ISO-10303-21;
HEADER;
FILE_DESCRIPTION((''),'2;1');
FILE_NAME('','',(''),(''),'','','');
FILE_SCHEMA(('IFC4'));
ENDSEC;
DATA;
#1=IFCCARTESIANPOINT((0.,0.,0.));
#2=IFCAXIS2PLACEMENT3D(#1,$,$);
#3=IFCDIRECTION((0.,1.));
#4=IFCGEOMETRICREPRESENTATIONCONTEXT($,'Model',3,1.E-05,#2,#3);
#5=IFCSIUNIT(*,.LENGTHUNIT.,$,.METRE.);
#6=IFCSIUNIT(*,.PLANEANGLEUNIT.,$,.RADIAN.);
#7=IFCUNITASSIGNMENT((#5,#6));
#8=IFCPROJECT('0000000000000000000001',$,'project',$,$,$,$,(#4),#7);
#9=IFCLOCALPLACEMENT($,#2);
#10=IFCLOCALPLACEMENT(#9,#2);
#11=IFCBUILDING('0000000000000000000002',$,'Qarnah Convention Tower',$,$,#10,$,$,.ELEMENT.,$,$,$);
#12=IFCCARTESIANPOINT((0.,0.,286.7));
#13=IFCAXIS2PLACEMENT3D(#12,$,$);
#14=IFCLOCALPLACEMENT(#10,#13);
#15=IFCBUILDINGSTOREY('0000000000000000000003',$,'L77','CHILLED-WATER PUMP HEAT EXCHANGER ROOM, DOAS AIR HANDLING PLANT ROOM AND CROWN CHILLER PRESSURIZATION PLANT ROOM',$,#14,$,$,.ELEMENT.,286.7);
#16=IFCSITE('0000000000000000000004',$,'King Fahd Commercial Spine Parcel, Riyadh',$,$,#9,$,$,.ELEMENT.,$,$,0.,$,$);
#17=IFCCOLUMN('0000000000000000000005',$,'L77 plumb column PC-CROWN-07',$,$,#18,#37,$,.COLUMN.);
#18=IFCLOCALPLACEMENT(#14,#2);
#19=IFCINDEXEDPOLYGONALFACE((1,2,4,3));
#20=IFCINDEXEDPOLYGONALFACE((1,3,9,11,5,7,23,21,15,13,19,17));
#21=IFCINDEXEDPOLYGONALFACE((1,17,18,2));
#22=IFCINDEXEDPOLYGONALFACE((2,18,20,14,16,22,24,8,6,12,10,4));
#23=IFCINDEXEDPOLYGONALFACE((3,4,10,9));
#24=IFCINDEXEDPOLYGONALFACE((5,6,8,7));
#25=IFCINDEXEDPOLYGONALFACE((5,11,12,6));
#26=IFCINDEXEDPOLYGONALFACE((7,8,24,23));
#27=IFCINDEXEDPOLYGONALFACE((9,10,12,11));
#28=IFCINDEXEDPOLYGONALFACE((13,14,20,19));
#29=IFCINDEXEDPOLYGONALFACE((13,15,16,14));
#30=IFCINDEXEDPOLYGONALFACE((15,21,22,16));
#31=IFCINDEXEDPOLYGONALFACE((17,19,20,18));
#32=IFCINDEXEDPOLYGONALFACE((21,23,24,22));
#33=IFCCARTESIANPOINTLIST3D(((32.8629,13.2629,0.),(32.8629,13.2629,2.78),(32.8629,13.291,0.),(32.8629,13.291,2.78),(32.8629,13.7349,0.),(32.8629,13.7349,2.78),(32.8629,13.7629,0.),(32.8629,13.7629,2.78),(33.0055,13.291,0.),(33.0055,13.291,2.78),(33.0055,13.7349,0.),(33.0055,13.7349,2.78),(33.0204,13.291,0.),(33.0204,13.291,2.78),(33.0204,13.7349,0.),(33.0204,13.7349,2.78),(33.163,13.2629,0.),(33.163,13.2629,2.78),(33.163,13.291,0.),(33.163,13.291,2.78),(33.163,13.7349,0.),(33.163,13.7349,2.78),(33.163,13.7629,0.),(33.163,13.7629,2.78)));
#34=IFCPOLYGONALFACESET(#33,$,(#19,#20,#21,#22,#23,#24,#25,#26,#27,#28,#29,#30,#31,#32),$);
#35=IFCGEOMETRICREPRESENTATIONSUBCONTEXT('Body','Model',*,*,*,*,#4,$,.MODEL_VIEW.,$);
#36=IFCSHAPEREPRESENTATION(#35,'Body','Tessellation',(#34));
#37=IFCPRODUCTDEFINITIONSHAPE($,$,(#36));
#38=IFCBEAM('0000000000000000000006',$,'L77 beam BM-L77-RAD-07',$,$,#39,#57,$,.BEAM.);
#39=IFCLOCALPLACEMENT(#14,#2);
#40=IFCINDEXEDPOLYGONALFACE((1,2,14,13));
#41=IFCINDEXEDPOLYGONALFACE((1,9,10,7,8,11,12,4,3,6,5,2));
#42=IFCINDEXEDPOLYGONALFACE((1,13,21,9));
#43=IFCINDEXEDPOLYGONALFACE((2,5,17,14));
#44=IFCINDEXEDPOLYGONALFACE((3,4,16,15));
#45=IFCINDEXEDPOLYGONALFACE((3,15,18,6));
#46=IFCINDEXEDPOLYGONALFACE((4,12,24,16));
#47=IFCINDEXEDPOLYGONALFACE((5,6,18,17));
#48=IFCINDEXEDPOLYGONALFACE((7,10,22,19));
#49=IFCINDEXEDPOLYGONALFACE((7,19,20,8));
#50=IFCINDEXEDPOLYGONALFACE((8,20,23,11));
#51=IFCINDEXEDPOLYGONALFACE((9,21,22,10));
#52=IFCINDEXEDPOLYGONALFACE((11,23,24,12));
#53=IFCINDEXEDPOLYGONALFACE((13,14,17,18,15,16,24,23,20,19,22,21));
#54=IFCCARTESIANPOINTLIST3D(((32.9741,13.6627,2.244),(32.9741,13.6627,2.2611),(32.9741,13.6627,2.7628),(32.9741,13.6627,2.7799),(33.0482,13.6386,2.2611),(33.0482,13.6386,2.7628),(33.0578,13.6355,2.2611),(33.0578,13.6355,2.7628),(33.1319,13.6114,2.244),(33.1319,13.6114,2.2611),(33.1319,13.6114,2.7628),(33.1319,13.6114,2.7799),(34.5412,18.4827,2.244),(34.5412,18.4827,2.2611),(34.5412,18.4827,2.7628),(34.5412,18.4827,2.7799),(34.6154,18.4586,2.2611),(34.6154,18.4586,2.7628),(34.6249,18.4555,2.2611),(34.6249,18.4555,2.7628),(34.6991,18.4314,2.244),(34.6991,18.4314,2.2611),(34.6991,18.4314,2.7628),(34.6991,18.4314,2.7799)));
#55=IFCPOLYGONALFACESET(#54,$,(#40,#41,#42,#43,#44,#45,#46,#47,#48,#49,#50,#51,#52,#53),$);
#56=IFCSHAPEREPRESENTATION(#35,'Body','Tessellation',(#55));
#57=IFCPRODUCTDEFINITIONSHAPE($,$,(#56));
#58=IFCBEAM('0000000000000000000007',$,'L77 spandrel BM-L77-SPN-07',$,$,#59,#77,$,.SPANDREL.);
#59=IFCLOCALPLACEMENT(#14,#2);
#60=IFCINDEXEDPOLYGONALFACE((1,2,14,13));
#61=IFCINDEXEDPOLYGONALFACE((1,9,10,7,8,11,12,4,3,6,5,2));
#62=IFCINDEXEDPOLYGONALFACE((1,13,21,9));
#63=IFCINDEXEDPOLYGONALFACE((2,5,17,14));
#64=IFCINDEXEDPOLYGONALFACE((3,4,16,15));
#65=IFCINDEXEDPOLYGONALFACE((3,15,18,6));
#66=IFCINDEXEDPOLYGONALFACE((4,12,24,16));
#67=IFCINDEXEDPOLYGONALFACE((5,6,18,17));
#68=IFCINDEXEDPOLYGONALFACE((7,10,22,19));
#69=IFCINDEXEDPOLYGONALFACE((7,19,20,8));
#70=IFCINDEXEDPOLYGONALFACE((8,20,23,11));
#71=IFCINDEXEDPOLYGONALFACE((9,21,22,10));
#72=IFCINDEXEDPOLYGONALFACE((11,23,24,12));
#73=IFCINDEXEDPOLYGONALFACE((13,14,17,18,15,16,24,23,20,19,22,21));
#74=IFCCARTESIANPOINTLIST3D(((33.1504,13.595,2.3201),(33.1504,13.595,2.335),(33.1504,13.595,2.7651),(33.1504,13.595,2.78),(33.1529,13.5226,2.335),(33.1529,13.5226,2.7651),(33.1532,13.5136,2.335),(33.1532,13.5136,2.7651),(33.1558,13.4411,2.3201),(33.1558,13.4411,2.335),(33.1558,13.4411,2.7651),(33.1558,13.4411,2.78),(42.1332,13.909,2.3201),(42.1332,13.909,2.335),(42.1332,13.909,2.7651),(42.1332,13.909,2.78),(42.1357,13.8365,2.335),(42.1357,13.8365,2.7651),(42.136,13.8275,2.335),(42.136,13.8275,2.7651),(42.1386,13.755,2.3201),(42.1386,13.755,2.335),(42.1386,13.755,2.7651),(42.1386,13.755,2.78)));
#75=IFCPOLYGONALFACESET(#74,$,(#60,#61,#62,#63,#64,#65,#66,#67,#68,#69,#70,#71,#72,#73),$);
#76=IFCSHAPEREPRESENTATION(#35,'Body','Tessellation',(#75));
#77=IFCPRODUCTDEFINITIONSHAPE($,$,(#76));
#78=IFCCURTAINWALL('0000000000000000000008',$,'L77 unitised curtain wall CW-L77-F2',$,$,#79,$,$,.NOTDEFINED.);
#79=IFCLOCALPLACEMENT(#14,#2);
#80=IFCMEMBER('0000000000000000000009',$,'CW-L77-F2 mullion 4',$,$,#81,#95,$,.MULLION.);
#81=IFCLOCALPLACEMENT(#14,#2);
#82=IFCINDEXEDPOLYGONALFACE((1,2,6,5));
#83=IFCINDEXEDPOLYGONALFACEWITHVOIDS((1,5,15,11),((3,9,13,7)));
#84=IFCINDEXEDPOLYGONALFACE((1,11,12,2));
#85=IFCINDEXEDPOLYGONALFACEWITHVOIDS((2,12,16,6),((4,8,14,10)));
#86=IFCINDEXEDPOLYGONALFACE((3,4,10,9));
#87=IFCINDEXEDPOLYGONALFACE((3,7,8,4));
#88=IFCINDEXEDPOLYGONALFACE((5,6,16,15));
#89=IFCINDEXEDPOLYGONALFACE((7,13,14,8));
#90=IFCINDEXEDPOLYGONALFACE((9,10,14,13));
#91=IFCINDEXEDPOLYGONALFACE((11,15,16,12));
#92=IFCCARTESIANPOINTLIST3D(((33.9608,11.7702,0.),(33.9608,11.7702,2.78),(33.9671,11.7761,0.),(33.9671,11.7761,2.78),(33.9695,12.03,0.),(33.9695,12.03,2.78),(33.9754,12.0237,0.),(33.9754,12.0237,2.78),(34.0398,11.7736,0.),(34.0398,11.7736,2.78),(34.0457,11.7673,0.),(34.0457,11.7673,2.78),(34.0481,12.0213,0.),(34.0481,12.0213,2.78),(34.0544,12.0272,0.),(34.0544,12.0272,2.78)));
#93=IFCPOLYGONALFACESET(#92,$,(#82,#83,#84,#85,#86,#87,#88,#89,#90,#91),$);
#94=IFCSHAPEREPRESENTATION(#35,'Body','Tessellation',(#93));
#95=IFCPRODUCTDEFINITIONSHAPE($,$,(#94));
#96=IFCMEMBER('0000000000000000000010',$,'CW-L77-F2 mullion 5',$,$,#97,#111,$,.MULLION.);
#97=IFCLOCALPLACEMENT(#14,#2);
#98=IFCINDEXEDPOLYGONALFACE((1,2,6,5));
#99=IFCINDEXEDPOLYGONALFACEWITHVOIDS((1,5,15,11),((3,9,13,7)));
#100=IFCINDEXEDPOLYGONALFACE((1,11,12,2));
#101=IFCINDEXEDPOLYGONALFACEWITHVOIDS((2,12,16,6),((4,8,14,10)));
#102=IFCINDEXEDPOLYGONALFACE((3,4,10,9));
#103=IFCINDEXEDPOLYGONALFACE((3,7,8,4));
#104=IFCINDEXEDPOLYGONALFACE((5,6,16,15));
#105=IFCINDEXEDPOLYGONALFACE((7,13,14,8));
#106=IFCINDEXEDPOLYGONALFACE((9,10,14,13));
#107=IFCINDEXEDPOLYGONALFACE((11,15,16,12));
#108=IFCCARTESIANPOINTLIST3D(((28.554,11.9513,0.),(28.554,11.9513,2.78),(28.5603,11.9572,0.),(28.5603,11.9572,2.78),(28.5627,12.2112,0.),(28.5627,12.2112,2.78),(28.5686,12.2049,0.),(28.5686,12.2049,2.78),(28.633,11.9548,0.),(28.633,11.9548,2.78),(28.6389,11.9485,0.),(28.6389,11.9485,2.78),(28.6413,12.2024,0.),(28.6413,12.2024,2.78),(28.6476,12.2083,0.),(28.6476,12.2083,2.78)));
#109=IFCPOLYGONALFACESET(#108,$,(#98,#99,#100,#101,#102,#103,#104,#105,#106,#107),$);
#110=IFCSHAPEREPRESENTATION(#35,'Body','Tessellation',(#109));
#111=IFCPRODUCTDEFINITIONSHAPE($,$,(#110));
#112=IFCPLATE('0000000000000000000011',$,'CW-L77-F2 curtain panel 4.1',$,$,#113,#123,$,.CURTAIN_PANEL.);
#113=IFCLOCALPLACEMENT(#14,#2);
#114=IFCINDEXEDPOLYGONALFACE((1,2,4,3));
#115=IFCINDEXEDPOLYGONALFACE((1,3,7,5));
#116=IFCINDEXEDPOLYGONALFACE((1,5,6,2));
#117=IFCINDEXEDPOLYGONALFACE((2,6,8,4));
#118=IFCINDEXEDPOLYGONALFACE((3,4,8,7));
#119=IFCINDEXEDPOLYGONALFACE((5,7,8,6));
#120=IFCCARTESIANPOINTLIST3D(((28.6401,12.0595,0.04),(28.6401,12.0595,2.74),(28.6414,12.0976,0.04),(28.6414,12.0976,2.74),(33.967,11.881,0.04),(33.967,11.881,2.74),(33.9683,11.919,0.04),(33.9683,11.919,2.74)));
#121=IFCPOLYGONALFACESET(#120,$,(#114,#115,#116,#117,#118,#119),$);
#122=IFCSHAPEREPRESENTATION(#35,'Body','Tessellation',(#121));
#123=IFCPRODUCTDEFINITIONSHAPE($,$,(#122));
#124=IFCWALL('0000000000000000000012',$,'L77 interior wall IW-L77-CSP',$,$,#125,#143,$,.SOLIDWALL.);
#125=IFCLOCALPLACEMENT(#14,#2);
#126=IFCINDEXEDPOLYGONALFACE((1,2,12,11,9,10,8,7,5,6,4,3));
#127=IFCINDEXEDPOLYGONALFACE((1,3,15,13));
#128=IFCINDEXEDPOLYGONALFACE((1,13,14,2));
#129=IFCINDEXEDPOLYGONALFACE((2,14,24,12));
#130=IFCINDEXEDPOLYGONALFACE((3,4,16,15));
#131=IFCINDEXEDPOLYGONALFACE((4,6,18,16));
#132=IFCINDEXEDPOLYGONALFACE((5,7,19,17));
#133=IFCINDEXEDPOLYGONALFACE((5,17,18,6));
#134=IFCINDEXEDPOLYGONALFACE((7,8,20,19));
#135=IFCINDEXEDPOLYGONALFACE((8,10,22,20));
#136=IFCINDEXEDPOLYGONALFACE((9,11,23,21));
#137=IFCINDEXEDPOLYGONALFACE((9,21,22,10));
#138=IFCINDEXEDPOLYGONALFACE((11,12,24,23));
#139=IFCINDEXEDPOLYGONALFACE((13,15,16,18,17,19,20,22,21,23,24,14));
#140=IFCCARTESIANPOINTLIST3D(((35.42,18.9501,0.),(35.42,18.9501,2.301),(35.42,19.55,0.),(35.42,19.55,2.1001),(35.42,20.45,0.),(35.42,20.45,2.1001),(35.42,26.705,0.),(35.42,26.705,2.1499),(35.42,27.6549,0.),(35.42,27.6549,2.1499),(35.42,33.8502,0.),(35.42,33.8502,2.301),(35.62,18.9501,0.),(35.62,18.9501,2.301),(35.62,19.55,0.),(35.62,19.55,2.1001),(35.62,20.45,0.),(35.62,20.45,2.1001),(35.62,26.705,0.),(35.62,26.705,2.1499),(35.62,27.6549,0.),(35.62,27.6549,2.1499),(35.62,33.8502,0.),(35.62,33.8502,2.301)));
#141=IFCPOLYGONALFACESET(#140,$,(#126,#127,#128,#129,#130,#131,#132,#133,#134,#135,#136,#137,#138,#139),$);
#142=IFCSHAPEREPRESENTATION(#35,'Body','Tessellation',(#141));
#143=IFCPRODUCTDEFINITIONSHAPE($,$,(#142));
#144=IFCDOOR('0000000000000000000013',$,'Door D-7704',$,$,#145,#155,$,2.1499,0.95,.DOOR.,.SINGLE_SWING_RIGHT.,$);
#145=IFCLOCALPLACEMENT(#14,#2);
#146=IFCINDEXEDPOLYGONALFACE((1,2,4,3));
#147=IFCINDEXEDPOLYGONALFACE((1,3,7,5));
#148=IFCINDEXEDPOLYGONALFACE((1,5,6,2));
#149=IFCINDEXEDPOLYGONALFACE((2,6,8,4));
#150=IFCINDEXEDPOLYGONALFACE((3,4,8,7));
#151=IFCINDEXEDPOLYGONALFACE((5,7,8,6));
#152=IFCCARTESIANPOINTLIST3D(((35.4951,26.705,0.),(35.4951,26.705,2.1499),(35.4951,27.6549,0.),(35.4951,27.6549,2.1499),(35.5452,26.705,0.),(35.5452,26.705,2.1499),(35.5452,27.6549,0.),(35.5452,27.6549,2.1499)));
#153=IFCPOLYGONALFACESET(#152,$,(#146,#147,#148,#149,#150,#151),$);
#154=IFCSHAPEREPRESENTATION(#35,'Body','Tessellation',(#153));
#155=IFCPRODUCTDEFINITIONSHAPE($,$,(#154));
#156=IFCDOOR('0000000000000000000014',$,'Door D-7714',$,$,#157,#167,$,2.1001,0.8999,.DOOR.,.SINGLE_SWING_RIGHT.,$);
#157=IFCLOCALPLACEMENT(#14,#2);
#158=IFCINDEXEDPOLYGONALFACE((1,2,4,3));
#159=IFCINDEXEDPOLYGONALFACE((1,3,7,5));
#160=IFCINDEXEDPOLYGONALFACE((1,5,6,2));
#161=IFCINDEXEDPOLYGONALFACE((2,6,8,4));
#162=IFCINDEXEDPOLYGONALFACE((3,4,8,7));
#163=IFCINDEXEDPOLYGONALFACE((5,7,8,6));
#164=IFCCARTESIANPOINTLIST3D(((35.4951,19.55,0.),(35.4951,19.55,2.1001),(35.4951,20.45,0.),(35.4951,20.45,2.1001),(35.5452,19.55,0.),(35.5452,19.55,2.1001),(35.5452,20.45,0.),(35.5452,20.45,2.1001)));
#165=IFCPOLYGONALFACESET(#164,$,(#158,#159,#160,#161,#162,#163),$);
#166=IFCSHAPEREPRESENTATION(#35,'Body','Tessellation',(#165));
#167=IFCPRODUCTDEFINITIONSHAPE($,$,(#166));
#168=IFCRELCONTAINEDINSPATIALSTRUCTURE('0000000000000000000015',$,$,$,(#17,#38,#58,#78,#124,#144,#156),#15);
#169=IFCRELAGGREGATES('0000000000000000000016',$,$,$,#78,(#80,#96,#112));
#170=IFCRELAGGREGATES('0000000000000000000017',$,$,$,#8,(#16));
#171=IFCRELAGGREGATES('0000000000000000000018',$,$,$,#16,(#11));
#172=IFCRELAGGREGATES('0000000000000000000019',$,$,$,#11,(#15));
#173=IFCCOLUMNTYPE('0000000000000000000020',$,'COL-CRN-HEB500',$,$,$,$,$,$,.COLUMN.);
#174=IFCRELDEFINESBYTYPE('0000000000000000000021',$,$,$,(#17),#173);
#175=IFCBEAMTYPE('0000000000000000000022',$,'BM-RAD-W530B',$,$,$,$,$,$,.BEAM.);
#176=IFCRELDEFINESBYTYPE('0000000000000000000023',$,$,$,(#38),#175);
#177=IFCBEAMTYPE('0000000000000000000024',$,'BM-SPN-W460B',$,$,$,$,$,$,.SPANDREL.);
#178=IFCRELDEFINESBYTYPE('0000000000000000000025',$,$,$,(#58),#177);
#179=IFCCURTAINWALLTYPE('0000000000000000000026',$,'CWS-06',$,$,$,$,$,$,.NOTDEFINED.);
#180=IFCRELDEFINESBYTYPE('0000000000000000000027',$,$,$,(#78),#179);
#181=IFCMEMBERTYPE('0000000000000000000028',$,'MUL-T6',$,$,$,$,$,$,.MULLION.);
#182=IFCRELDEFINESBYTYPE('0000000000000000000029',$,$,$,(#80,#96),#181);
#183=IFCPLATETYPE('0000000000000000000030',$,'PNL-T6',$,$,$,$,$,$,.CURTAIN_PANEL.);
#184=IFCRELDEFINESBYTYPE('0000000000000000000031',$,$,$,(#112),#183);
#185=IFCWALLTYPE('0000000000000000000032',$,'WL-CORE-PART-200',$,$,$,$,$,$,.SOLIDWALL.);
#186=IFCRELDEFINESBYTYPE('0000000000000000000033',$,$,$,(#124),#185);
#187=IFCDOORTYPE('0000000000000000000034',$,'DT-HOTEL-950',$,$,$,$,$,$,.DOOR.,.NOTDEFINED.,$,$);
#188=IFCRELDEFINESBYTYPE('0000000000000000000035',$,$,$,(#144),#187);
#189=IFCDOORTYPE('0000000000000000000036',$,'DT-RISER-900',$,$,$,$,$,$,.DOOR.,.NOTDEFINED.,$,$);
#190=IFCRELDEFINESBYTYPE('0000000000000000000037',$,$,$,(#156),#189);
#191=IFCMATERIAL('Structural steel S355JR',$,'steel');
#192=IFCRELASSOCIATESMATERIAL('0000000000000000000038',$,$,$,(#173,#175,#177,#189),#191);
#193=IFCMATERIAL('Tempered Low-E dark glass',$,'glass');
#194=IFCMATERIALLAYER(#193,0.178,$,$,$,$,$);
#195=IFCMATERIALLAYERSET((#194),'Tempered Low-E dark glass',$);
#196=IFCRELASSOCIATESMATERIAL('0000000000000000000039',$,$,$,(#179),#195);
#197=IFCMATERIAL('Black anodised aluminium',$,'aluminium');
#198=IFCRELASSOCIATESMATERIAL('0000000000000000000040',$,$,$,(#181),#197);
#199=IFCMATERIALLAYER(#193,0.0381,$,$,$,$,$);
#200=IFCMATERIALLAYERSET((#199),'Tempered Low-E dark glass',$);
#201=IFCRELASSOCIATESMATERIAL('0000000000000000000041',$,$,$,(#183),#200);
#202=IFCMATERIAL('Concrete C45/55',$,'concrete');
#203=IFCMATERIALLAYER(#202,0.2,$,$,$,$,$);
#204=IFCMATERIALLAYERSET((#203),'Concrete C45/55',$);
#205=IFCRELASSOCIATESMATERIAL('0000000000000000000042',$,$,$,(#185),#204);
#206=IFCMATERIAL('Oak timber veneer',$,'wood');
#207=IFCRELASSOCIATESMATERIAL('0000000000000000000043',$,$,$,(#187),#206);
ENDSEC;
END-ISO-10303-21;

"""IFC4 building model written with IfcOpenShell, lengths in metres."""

from ifc_helpers import new_model, si_unit, direction, frame, frame_2d, origin, origin_2d, place, context, subcontext, project, spatial, rectangle, hollow_rectangle, i_section, extrude, material, layer, layer_set, material_profile, profile_set, type_object, element, fill, aggregate, save


model = new_model("IFC4")

# Units and contexts
model_context = context("Model", 3, precision=1e-05, world=origin(), true_north=direction((0.0, 1.0)))
body_context = subcontext(model_context, "Body", "Model", "MODEL_VIEW")
ifc_project = project(units=[si_unit("LENGTHUNIT", "METRE"), si_unit("PLANEANGLEUNIT", "RADIAN")], contexts=[model_context])

# Site, building, storey
site_placement = place(None, origin())
site = spatial("IfcSite", under=ifc_project, at=site_placement, Name="King Fahd Commercial Spine Parcel, Riyadh", CompositionType="ELEMENT", RefElevation=0.0)
building_placement = place(site_placement, origin())
building = spatial("IfcBuilding", under=site, at=building_placement, Name="Qarnah Convention Tower", CompositionType="ELEMENT")
storey_placement = place(building_placement, frame((0.0, 0.0, 286.7)))
storey = spatial("IfcBuildingStorey", under=building, at=storey_placement, Name="L77", Description="CHILLED-WATER PUMP HEAT EXCHANGER ROOM, DOAS AIR HANDLING PLANT ROOM AND CROWN CHILLER PRESSURIZATION PLANT ROOM", CompositionType="ELEMENT", Elevation=286.7)

# Column
ifc_material_1 = material(Name="Structural steel S355JR", Category="steel")
ifc_material_profile_1 = material_profile(ifc_material_1, i_section(OverallWidth=0.3, OverallDepth=0.5, WebThickness=0.0149, FlangeThickness=0.0281, at=origin_2d()), Name="HEB500")
ifc_profile_set_1 = profile_set([ifc_material_profile_1], Name="Structural steel S355JR")
column_type = type_object("IfcColumnType", Name="COL-CRN-HEB500", PredefinedType="COLUMN", material=ifc_profile_set_1)
column_placement = place(storey_placement, frame((33.0129, 13.5129, 0.0), z_axis=(0.0, 0.0, 1.0), x_axis=(1.0, 0.0, 0.0)))
element("IfcColumn", 1, at=column_placement, inside=storey, type_object=column_type, Name="L77 plumb column PC-CROWN-07", PredefinedType="COLUMN", context=body_context, shape_type="SweptSolid", body=[
    extrude(i_section(OverallWidth=0.3, OverallDepth=0.5, WebThickness=0.0149, FlangeThickness=0.0281, at=origin_2d()), origin(), (0.0, 0.0, 1.0), 2.78),
])

# Beams
ifc_material_profile_2 = material_profile(ifc_material_1, i_section(OverallWidth=0.166, OverallDepth=0.5359, WebThickness=0.01, FlangeThickness=0.0171, at=origin_2d()), Name="W530X85")
ifc_profile_set_2 = profile_set([ifc_material_profile_2], Name="Structural steel S355JR")
beam_type_1 = type_object("IfcBeamType", Name="BM-RAD-W530B", PredefinedType="BEAM", material=ifc_profile_set_2)
beam_1_placement = place(storey_placement, frame((34.6201, 18.457, 2.512), z_axis=(-0.309196, -0.950998, 0.0), x_axis=(0.950998, -0.309196, 0.0)))
element("IfcBeam", 2, at=beam_1_placement, inside=storey, type_object=beam_type_1, Name="L77 beam BM-L77-RAD-07", PredefinedType="BEAM", context=body_context, shape_type="SweptSolid", body=[
    extrude(i_section(OverallWidth=0.166, OverallDepth=0.5359, WebThickness=0.01, FlangeThickness=0.0171, at=origin_2d()), origin(), (0.0, 0.0, 1.0), 5.0684),
])
ifc_material_profile_3 = material_profile(ifc_material_1, i_section(OverallWidth=0.1541, OverallDepth=0.46, WebThickness=0.009, FlangeThickness=0.0149, at=origin_2d()), Name="W460X68")
ifc_profile_set_3 = profile_set([ifc_material_profile_3], Name="Structural steel S355JR")
beam_type_2 = type_object("IfcBeamType", Name="BM-SPN-W460B", PredefinedType="SPANDREL", material=ifc_profile_set_3)
beam_2_placement = place(storey_placement, frame((33.1531, 13.5181, 2.55), z_axis=(0.99939, 0.03493, 0.0), x_axis=(-0.03493, 0.99939, 0.0)))
element("IfcBeam", 3, at=beam_2_placement, inside=storey, type_object=beam_type_2, Name="L77 spandrel BM-L77-SPN-07", PredefinedType="SPANDREL", context=body_context, shape_type="SweptSolid", body=[
    extrude(i_section(OverallWidth=0.1541, OverallDepth=0.46, WebThickness=0.009, FlangeThickness=0.0149, at=origin_2d()), origin(), (0.0, 0.0, 1.0), 8.9883),
])

# Curtain wall, members, plate
ifc_material_2 = material(Name="Tempered Low-E dark glass", Category="glass")
ifc_layer_1 = layer(ifc_material_2, 0.178)
ifc_layer_set_1 = layer_set([ifc_layer_1], Name="Tempered Low-E dark glass")
curtain_wall_type = type_object("IfcCurtainWallType", Name="CWS-06", PredefinedType="NOTDEFINED", material=ifc_layer_set_1)
curtain_wall_placement = place(storey_placement, origin())
curtain_wall = element("IfcCurtainWall", 4, at=curtain_wall_placement, inside=storey, type_object=curtain_wall_type, Name="L77 unitised curtain wall CW-L77-F2", PredefinedType="NOTDEFINED")
ifc_material_3 = material(Name="Black anodised aluminium", Category="aluminium")
ifc_material_profile_4 = material_profile(ifc_material_3, hollow_rectangle(XDim=0.085, YDim=0.26, WallThickness=0.0061, at=origin_2d()), Name="MUL-85X260")
ifc_profile_set_4 = profile_set([ifc_material_profile_4], Name="Black anodised aluminium")
member_type = type_object("IfcMemberType", Name="MUL-T6", PredefinedType="MULLION", material=ifc_profile_set_4)
member_1_placement = place(storey_placement, frame((34.0076, 11.8987, 0.0), z_axis=(0.0, 0.0, 1.0), x_axis=(-0.999439, 0.033495, 0.0)))
member_1 = element("IfcMember", 5, at=member_1_placement, type_object=member_type, Name="CW-L77-F2 mullion 4", PredefinedType="MULLION", context=body_context, shape_type="SweptSolid", body=[
    extrude(hollow_rectangle(XDim=0.085, YDim=0.26, WallThickness=0.0061, at=origin_2d()), origin(), (0.0, 0.0, 1.0), 2.78),
])
member_2_placement = place(storey_placement, frame((28.6008, 12.0798, 0.0), z_axis=(0.0, 0.0, 1.0), x_axis=(-0.999439, 0.033495, 0.0)))
member_2 = element("IfcMember", 6, at=member_2_placement, type_object=member_type, Name="CW-L77-F2 mullion 5", PredefinedType="MULLION", context=body_context, shape_type="SweptSolid", body=[
    extrude(hollow_rectangle(XDim=0.085, YDim=0.26, WallThickness=0.0061, at=origin_2d()), origin(), (0.0, 0.0, 1.0), 2.78),
])
ifc_layer_2 = layer(ifc_material_2, 0.0381)
ifc_layer_set_2 = layer_set([ifc_layer_2], Name="Tempered Low-E dark glass")
plate_type = type_object("IfcPlateType", Name="PNL-T6", PredefinedType="CURTAIN_PANEL", material=ifc_layer_set_2)
plate_placement = place(storey_placement, frame((31.3042, 11.9893, 0.04), z_axis=(0.0, 0.0, 1.0), x_axis=(-0.999439, 0.033495, 0.0)))
plate = element("IfcPlate", 7, at=plate_placement, type_object=plate_type, Name="CW-L77-F2 curtain panel 4.1", PredefinedType="CURTAIN_PANEL", context=body_context, shape_type="SweptSolid", body=[
    extrude(rectangle(XDim=5.3298, YDim=0.0381, at=origin_2d()), origin(), (0.0, 0.0, 1.0), 2.7),
])
aggregate(curtain_wall, [member_1, member_2, plate])

# Wall, openings, doors
door_type_1 = type_object("IfcDoorType", Name="DT-RISER-900", OperationType="NOTDEFINED", PredefinedType="DOOR", material=ifc_material_1)
ifc_material_4 = material(Name="Concrete C45/55", Category="concrete")
ifc_layer_3 = layer(ifc_material_4, 0.2)
ifc_layer_set_3 = layer_set([ifc_layer_3], Name="Concrete C45/55")
wall_type_1 = type_object("IfcWallType", Name="WL-CORE-PART-200", PredefinedType="SOLIDWALL", material=ifc_layer_set_3)
wall_1_placement = place(storey_placement, frame((35.52, 18.95, 0.0), z_axis=(0.0, 0.0, 1.0), x_axis=(0.0, 1.0, 0.0)))
wall_1 = element("IfcWall", 8, at=wall_1_placement, inside=storey, type_object=wall_type_1, Name="L77 interior wall IW-L77-CSP", PredefinedType="SOLIDWALL", context=body_context, shape_type="SweptSolid", body=[
    extrude(rectangle(XDim=14.9001, YDim=0.2, at=frame_2d((7.4502, 0.0))), origin(), (0.0, 0.0, 1.0), 2.301),
])
opening_1_placement = place(wall_1_placement, frame((7.7549, 0.0, 0.0)))
opening_1 = element("IfcOpeningElement", 9, at=opening_1_placement, cuts=wall_1, PredefinedType="OPENING", context=body_context, shape_type="SweptSolid", body=[
    extrude(rectangle(XDim=0.95, YDim=2.1499, at=frame_2d((0.4751, 1.075))), frame((0.0, 0.1099, 0.0), z_axis=(0.0, -1.0, 0.0), x_axis=(1.0, 0.0, 0.0)), (0.0, 0.0, 1.0), 0.22),
])
opening_2_placement = place(wall_1_placement, frame((0.6001, 0.0, 0.0)))
opening_2 = element("IfcOpeningElement", 10, at=opening_2_placement, cuts=wall_1, PredefinedType="OPENING", context=body_context, shape_type="SweptSolid", body=[
    extrude(rectangle(XDim=0.8999, YDim=2.1001, at=frame_2d((0.45, 1.05))), frame((0.0, 0.1099, 0.0), z_axis=(0.0, -1.0, 0.0), x_axis=(1.0, 0.0, 0.0)), (0.0, 0.0, 1.0), 0.22),
])
ifc_material_5 = material(Name="Oak timber veneer", Category="wood")
door_type_2 = type_object("IfcDoorType", Name="DT-HOTEL-950", OperationType="NOTDEFINED", PredefinedType="DOOR", material=ifc_material_5)
door_1_placement = place(opening_1_placement, origin())
door_1 = element("IfcDoor", 11, at=door_1_placement, inside=storey, type_object=door_type_2, Name="Door D-7704", OperationType="SINGLE_SWING_RIGHT", OverallHeight=2.1499, OverallWidth=0.95, PredefinedType="DOOR", context=body_context, shape_type="SweptSolid", body=[
    extrude(rectangle(XDim=0.95, YDim=2.1499, at=frame_2d((0.4751, 1.075))), frame((0.0, 0.0249, 0.0), z_axis=(0.0, -1.0, 0.0), x_axis=(1.0, 0.0, 0.0)), (0.0, 0.0, 1.0), 0.05),
])
fill(opening_1, door_1)
door_2_placement = place(opening_2_placement, origin())
door_2 = element("IfcDoor", 12, at=door_2_placement, inside=storey, type_object=door_type_1, Name="Door D-7714", OperationType="SINGLE_SWING_RIGHT", OverallHeight=2.1001, OverallWidth=0.8999, PredefinedType="DOOR", context=body_context, shape_type="SweptSolid", body=[
    extrude(rectangle(XDim=0.8999, YDim=2.1001, at=frame_2d((0.45, 1.05))), frame((0.0, 0.0249, 0.0), z_axis=(0.0, -1.0, 0.0), x_axis=(1.0, 0.0, 0.0)), (0.0, 0.0, 1.0), 0.05),
])
fill(opening_2, door_2)

save(model, "model.ifc")
